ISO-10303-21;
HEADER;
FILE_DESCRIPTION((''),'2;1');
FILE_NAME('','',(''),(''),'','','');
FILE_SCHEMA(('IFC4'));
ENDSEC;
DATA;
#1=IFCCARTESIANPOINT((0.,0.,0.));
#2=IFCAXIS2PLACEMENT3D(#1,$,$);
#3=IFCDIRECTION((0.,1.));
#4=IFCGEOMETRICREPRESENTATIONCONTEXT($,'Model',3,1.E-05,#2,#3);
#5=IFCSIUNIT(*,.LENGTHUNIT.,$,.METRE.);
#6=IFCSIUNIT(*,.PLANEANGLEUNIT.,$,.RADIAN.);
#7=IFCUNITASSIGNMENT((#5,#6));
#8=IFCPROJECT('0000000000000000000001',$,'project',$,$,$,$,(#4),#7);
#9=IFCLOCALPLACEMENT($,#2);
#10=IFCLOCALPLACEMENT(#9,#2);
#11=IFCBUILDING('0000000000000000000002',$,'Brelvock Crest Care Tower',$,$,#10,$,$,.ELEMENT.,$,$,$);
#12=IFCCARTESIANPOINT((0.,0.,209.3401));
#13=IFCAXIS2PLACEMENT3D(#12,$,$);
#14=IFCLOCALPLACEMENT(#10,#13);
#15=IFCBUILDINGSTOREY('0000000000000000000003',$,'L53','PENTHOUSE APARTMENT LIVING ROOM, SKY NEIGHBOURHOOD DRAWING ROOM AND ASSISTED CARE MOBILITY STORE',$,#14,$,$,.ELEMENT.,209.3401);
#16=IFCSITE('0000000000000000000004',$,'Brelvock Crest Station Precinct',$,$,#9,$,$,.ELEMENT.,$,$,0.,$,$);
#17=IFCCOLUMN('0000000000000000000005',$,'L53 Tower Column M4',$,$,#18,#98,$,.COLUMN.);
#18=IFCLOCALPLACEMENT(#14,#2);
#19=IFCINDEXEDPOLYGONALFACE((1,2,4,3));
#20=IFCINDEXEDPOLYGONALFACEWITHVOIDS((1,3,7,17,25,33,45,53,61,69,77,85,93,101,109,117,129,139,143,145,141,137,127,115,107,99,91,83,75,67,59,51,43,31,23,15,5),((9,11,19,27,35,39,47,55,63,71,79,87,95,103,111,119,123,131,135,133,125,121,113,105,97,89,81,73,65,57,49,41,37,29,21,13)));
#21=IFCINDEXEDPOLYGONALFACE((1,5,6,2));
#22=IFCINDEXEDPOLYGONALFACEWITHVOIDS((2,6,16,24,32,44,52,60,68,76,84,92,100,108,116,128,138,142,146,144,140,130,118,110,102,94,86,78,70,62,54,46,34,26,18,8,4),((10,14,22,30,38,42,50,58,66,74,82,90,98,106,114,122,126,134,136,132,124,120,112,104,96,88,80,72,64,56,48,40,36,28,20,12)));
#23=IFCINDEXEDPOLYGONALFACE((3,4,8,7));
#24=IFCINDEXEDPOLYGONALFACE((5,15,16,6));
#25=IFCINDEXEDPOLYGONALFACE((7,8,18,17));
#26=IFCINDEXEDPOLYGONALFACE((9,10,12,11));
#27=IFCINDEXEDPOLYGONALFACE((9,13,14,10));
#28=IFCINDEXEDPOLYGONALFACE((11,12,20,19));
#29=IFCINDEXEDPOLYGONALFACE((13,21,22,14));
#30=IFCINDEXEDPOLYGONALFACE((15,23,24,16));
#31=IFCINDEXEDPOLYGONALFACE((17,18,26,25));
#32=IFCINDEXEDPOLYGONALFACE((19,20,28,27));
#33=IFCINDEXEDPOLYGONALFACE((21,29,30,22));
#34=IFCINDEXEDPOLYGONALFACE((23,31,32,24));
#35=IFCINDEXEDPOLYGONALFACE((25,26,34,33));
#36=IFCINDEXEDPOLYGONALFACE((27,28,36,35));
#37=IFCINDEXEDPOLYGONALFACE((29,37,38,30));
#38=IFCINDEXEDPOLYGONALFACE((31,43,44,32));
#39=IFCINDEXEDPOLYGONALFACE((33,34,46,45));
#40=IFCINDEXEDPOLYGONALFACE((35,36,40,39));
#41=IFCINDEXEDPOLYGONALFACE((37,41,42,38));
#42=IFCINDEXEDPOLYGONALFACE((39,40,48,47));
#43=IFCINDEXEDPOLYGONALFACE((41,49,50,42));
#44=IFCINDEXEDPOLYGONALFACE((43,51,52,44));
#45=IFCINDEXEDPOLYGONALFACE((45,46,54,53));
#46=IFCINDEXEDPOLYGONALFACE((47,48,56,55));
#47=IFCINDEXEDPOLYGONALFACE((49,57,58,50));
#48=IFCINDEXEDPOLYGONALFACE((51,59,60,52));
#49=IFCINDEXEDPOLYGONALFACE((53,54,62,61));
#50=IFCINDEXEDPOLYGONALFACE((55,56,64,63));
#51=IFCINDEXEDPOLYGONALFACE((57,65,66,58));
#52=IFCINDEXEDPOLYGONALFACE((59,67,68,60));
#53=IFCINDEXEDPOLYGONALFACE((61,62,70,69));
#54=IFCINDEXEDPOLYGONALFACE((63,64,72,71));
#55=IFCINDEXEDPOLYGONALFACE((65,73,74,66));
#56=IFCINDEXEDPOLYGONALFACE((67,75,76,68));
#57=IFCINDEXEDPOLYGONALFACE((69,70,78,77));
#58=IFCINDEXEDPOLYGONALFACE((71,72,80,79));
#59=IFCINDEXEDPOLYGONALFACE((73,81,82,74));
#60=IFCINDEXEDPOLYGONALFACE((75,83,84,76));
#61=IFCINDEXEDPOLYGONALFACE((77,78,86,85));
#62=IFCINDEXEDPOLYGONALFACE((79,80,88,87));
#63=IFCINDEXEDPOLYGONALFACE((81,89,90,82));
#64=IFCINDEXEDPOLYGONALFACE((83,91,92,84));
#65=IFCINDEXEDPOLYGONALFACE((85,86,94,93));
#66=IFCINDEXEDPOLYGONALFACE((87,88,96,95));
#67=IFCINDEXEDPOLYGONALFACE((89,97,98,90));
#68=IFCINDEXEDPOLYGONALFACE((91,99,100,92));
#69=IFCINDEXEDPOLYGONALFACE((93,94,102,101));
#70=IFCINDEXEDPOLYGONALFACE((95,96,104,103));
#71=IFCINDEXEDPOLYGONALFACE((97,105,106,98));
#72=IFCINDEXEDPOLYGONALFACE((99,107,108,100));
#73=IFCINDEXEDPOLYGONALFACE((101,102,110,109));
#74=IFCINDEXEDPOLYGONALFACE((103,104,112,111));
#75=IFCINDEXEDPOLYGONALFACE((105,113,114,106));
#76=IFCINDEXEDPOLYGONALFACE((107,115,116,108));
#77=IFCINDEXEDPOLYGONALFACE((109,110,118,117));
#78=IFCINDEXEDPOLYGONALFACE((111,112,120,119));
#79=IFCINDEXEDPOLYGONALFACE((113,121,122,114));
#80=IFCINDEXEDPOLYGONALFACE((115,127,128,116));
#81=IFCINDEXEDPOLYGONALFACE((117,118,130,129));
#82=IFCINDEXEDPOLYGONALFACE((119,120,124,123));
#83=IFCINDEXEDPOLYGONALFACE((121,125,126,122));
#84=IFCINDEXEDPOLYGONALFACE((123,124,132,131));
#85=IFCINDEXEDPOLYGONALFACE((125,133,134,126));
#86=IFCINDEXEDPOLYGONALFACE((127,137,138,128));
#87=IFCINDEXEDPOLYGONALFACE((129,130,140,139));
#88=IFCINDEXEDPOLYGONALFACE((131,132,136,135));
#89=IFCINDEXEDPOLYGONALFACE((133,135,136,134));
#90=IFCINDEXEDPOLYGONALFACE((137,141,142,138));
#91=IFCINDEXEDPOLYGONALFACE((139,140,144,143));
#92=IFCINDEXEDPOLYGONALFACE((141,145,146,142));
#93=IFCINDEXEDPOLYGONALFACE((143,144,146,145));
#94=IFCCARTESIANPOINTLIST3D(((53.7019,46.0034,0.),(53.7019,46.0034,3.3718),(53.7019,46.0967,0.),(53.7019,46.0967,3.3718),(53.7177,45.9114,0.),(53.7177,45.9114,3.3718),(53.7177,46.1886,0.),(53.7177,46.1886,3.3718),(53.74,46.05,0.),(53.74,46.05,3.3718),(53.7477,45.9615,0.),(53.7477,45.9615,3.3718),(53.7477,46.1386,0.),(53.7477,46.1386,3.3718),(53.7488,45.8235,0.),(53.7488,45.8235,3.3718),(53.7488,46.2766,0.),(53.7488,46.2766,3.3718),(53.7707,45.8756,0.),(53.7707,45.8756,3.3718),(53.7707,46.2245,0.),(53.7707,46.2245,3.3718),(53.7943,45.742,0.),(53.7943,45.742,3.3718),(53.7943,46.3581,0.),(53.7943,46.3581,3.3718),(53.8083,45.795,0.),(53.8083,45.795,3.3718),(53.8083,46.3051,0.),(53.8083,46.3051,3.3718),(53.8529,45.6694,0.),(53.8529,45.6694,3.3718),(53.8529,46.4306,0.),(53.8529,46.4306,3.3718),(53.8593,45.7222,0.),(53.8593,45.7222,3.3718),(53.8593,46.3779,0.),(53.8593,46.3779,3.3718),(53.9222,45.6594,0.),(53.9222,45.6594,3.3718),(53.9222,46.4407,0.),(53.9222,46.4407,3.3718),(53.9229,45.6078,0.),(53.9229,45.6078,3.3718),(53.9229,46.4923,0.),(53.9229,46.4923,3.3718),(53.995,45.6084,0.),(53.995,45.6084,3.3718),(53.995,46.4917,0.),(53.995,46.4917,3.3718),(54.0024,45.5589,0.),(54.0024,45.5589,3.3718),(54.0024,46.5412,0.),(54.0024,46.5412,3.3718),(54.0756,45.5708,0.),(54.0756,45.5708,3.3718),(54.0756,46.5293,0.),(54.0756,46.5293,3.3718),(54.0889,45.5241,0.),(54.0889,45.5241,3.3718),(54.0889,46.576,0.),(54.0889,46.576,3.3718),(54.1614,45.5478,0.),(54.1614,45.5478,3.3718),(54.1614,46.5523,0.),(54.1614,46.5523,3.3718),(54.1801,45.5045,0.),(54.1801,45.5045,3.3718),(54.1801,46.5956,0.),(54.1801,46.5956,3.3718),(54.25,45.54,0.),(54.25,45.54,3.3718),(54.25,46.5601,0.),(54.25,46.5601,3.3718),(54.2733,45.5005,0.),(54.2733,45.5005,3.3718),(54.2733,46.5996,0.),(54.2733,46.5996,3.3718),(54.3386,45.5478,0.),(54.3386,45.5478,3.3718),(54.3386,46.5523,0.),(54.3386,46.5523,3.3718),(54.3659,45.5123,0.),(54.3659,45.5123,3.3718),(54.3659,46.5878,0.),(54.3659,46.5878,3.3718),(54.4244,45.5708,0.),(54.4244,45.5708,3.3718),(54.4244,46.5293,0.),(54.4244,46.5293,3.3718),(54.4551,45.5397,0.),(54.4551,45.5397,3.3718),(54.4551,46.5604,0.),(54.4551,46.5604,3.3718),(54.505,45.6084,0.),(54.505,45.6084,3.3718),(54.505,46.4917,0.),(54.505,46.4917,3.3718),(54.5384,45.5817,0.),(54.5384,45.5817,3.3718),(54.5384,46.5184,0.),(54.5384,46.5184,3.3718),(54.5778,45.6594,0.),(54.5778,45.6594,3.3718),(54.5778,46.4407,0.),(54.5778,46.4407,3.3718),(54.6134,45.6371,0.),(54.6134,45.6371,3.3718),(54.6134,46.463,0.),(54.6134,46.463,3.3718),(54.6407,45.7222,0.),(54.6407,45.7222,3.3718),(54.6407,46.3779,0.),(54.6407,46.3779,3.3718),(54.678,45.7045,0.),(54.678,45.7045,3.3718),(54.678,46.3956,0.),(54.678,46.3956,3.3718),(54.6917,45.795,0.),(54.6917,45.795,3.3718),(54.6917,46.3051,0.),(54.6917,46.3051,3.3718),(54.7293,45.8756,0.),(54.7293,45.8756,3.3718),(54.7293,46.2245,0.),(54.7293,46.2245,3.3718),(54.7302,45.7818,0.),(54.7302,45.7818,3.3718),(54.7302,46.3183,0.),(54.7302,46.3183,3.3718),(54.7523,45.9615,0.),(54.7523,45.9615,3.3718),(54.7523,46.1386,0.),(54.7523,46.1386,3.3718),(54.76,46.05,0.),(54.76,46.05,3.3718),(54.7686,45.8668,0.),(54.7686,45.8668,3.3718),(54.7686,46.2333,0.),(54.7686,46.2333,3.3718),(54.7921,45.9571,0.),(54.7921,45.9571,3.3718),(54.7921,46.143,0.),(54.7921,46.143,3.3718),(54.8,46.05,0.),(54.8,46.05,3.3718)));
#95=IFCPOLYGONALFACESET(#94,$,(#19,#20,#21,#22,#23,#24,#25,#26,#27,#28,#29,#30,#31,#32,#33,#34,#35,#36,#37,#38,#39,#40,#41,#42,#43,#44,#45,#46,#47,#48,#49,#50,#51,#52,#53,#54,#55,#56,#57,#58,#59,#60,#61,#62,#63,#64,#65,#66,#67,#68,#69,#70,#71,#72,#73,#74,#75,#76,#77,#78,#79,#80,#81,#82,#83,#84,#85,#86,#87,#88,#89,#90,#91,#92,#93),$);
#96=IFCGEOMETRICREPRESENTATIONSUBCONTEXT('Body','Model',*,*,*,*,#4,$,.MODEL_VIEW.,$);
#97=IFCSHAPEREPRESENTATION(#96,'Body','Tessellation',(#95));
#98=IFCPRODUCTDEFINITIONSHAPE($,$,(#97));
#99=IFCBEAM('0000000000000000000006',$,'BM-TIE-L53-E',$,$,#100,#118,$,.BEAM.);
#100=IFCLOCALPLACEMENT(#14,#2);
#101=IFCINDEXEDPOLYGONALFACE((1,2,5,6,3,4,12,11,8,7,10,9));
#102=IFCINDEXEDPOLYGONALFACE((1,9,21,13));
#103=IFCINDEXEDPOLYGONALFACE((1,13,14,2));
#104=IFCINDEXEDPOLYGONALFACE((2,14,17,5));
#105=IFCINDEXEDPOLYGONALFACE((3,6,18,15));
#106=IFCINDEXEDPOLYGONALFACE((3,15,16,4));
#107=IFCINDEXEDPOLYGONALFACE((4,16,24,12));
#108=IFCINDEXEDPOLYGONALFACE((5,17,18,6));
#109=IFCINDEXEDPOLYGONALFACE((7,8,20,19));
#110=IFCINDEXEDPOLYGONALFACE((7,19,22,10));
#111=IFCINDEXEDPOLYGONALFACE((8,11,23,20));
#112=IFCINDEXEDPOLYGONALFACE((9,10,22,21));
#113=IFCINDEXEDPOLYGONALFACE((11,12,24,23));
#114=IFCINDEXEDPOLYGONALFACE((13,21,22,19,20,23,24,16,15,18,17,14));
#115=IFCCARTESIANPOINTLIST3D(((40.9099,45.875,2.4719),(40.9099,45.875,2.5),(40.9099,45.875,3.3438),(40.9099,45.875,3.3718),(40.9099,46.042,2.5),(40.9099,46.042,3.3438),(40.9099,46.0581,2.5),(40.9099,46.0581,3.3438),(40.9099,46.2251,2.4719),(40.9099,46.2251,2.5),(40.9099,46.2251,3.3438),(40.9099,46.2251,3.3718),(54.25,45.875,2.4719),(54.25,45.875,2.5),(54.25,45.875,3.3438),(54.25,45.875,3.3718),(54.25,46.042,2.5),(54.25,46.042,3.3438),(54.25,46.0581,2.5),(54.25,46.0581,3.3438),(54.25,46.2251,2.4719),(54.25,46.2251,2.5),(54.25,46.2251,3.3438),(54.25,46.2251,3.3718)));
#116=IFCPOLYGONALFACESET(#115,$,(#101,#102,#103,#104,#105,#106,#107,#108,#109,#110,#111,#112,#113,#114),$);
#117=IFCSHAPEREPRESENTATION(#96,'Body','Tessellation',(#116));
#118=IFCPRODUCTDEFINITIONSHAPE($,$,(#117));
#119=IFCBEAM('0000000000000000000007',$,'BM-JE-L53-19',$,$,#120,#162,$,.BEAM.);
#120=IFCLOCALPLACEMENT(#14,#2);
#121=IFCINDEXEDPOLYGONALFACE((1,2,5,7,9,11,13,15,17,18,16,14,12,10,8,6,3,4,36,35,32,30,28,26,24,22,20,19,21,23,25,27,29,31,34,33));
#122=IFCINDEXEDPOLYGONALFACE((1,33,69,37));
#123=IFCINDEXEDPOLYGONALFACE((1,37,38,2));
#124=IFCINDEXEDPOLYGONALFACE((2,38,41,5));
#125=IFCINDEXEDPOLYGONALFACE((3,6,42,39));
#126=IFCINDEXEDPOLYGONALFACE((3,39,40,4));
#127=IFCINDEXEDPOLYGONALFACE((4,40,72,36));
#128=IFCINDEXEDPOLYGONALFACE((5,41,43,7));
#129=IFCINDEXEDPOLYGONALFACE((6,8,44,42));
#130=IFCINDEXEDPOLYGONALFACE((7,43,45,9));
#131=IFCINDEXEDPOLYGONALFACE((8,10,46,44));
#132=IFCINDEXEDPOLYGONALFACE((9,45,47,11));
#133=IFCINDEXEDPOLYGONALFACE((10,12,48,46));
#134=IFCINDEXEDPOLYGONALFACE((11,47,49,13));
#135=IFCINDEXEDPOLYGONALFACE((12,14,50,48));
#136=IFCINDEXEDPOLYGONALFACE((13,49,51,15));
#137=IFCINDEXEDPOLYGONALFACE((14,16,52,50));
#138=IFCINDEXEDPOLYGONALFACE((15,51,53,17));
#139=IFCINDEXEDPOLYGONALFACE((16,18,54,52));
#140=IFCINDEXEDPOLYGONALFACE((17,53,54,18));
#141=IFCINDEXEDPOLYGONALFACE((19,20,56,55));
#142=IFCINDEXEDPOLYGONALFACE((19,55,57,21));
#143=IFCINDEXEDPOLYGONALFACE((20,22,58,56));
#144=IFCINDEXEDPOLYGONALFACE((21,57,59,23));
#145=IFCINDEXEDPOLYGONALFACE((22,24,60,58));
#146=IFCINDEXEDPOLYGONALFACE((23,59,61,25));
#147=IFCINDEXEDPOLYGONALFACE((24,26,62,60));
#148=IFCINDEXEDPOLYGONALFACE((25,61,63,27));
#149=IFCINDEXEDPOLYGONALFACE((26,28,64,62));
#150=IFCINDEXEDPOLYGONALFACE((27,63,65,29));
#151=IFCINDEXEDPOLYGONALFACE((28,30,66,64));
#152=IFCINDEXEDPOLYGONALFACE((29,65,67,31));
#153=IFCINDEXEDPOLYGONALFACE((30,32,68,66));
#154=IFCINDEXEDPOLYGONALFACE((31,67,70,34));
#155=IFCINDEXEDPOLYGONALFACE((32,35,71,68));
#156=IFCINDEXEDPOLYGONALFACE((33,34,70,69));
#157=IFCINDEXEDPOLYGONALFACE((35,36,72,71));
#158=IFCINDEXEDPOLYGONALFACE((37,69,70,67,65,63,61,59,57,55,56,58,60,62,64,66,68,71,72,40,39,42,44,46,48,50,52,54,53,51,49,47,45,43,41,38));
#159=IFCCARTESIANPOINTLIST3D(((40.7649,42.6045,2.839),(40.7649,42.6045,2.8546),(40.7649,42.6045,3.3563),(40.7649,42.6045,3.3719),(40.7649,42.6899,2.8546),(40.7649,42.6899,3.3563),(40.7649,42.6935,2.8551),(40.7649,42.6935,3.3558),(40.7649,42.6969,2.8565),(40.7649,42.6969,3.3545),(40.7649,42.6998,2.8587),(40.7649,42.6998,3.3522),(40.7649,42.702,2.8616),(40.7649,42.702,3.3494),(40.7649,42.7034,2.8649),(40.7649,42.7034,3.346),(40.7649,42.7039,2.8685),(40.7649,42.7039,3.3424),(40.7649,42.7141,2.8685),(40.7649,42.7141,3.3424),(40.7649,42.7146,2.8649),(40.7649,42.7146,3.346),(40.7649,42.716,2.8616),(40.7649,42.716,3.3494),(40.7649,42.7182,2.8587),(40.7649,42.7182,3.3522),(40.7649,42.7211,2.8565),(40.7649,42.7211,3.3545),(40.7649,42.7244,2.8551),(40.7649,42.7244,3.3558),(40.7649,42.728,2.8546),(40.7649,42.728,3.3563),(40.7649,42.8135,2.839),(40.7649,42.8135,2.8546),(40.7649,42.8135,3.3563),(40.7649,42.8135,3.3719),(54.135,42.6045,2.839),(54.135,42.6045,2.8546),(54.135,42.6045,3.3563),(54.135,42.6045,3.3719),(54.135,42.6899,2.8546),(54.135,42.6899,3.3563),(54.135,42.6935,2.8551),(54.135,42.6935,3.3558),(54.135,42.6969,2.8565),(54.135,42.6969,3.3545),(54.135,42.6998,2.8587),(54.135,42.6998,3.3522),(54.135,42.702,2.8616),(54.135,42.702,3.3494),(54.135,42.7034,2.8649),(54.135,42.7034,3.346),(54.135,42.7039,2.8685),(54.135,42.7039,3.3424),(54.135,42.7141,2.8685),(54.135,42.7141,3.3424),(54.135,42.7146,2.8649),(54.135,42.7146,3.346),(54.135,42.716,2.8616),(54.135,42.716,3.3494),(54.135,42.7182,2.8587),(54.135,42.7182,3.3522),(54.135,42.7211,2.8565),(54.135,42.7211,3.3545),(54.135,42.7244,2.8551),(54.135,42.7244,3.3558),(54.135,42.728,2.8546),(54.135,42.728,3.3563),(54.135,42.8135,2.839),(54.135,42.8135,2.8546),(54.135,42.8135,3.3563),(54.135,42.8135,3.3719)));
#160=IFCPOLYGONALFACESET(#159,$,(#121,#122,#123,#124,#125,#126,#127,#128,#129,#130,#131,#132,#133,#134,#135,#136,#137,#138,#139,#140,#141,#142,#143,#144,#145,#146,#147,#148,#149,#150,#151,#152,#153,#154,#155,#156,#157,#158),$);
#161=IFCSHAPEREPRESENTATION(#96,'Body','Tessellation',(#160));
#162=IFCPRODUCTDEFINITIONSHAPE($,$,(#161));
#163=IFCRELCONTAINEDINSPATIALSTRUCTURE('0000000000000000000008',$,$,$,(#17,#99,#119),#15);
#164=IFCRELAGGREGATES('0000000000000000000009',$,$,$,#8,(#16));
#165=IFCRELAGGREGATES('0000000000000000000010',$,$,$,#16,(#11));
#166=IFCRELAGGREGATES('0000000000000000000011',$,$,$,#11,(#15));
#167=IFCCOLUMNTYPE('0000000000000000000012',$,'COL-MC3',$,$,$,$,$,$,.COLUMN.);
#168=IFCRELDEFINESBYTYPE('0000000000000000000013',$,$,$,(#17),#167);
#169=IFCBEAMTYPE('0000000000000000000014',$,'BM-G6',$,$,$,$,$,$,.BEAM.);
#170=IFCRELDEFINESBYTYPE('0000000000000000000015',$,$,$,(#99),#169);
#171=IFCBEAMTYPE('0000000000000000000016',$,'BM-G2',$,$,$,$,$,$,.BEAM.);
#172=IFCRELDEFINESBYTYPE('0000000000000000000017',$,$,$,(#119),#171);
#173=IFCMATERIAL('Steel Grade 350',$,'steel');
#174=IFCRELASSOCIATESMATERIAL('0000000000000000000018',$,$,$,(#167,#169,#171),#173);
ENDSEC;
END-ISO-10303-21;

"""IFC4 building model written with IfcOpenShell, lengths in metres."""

from ifc_helpers import new_model, si_unit, direction, frame, origin, origin_2d, place, context, subcontext, project, spatial, hollow_circle, i_section, extrude, source, transform, mapped, material, material_profile, profile_set, type_object, element, save


model = new_model("IFC4")

# Units and contexts
model_context = context("Model", 3, precision=1e-05, world=origin(), true_north=direction((0.0, 1.0)))
body_context = subcontext(model_context, "Body", "Model", "MODEL_VIEW")
ifc_project = project(units=[si_unit("LENGTHUNIT", "METRE"), si_unit("PLANEANGLEUNIT", "RADIAN")], contexts=[model_context])

# Site, building, storey
site_placement = place(None, origin())
site = spatial("IfcSite", under=ifc_project, at=site_placement, Name="Brelvock Crest Station Precinct", CompositionType="ELEMENT", RefElevation=0.0)
building_placement = place(site_placement, origin())
building = spatial("IfcBuilding", under=site, at=building_placement, Name="Brelvock Crest Care Tower", CompositionType="ELEMENT")
storey_placement = place(building_placement, frame((0.0, 0.0, 209.3401)))
storey = spatial("IfcBuildingStorey", under=building, at=storey_placement, Name="L53", Description="PENTHOUSE APARTMENT LIVING ROOM, SKY NEIGHBOURHOOD DRAWING ROOM AND ASSISTED CARE MOBILITY STORE", CompositionType="ELEMENT", Elevation=209.3401)

# Column
ifc_material_1 = material(Name="Steel Grade 350", Category="steel")
ifc_material_profile_1 = material_profile(ifc_material_1, hollow_circle(Radius=0.55, WallThickness=0.04, at=origin_2d()), Name="CFT1100x40")
ifc_profile_set_1 = profile_set([ifc_material_profile_1], Name="Steel Grade 350")
column_type = type_object("IfcColumnType", Name="COL-MC3", PredefinedType="COLUMN", material=ifc_profile_set_1)
shared_shape_1 = source(origin(), body_context, "Body", "SweptSolid", [
    extrude(hollow_circle(Radius=0.55, WallThickness=0.04, at=origin_2d()), origin(), (0.0, 0.0, 1.0), 3.3718),
])
column_placement = place(storey_placement, frame((54.25, 46.05, 0.0), z_axis=(0.0, 0.0, 1.0), x_axis=(1.0, 0.0, 0.0)))
element("IfcColumn", 1, at=column_placement, inside=storey, type_object=column_type, Name="L53 Tower Column M4", PredefinedType="COLUMN", context=body_context, shape_type="MappedRepresentation", body=[
    mapped(shared_shape_1, transform((0.0, 0.0, 0.0), x_axis=(1.0, 0.0, 0.0), y_axis=(0.0, 1.0, 0.0), z_axis=(0.0, 0.0, 1.0), scale=1.0)),
])

# Beams
ifc_material_profile_2 = material_profile(ifc_material_1, i_section(OverallWidth=0.3501, OverallDepth=0.8999, WebThickness=0.0161, FlangeThickness=0.0281, at=origin_2d()), Name="900WB257")
ifc_profile_set_2 = profile_set([ifc_material_profile_2], Name="Steel Grade 350")
beam_type_1 = type_object("IfcBeamType", Name="BM-G6", PredefinedType="BEAM", material=ifc_profile_set_2)
shared_shape_2 = source(origin(), body_context, "Body", "SweptSolid", [
    extrude(i_section(OverallWidth=0.3501, OverallDepth=0.8999, WebThickness=0.0161, FlangeThickness=0.0281, at=origin_2d()), origin(), (0.0, 0.0, 1.0), 13.3401),
])
beam_placement = place(storey_placement, frame((40.9099, 46.05, 2.9219), z_axis=(1.0, 0.0, 0.0), x_axis=(0.0, 1.0, 0.0)))
element("IfcBeam", 2, at=beam_placement, inside=storey, type_object=beam_type_1, Name="BM-TIE-L53-E", PredefinedType="BEAM", context=body_context, shape_type="MappedRepresentation", body=[
    mapped(shared_shape_2, transform((0.0, 0.0, 0.0), x_axis=(1.0, 0.0, 0.0), y_axis=(0.0, 1.0, 0.0), z_axis=(0.0, 0.0, 1.0), scale=1.0)),
])
ifc_material_profile_3 = material_profile(ifc_material_1, i_section(OverallWidth=0.209, OverallDepth=0.533, WebThickness=0.0103, FlangeThickness=0.0156, FilletRadius=0.0139, at=origin_2d()), Name="530UB92.4")
ifc_profile_set_3 = profile_set([ifc_material_profile_3], Name="Steel Grade 350")
beam_type_2 = type_object("IfcBeamType", Name="BM-G2", PredefinedType="BEAM", material=ifc_profile_set_3)
shared_shape_3 = source(origin(), body_context, "Body", "SweptSolid", [
    extrude(i_section(OverallWidth=0.209, OverallDepth=0.533, WebThickness=0.0103, FlangeThickness=0.0156, FilletRadius=0.0139, at=origin_2d()), origin(), (0.0, 0.0, 1.0), 13.3701),
])
for number, where, z_axis, x_axis, name in (
    (3, (40.7649, 42.709, 3.1055), (1.0, 0.0, 0.0), (0.0, 1.0, 0.0), "BM-JE-L53-19"),
):
    element("IfcBeam", number, at=place(storey_placement, frame(where, z_axis=z_axis, x_axis=x_axis)), inside=storey, type_object=beam_type_2, Name=name, PredefinedType="BEAM", context=body_context, shape_type="MappedRepresentation", body=[
        mapped(shared_shape_3, transform((0.0, 0.0, 0.0), x_axis=(1.0, 0.0, 0.0), y_axis=(0.0, 1.0, 0.0), z_axis=(0.0, 0.0, 1.0), scale=1.0)),
    ])

save(model, "model.ifc")
